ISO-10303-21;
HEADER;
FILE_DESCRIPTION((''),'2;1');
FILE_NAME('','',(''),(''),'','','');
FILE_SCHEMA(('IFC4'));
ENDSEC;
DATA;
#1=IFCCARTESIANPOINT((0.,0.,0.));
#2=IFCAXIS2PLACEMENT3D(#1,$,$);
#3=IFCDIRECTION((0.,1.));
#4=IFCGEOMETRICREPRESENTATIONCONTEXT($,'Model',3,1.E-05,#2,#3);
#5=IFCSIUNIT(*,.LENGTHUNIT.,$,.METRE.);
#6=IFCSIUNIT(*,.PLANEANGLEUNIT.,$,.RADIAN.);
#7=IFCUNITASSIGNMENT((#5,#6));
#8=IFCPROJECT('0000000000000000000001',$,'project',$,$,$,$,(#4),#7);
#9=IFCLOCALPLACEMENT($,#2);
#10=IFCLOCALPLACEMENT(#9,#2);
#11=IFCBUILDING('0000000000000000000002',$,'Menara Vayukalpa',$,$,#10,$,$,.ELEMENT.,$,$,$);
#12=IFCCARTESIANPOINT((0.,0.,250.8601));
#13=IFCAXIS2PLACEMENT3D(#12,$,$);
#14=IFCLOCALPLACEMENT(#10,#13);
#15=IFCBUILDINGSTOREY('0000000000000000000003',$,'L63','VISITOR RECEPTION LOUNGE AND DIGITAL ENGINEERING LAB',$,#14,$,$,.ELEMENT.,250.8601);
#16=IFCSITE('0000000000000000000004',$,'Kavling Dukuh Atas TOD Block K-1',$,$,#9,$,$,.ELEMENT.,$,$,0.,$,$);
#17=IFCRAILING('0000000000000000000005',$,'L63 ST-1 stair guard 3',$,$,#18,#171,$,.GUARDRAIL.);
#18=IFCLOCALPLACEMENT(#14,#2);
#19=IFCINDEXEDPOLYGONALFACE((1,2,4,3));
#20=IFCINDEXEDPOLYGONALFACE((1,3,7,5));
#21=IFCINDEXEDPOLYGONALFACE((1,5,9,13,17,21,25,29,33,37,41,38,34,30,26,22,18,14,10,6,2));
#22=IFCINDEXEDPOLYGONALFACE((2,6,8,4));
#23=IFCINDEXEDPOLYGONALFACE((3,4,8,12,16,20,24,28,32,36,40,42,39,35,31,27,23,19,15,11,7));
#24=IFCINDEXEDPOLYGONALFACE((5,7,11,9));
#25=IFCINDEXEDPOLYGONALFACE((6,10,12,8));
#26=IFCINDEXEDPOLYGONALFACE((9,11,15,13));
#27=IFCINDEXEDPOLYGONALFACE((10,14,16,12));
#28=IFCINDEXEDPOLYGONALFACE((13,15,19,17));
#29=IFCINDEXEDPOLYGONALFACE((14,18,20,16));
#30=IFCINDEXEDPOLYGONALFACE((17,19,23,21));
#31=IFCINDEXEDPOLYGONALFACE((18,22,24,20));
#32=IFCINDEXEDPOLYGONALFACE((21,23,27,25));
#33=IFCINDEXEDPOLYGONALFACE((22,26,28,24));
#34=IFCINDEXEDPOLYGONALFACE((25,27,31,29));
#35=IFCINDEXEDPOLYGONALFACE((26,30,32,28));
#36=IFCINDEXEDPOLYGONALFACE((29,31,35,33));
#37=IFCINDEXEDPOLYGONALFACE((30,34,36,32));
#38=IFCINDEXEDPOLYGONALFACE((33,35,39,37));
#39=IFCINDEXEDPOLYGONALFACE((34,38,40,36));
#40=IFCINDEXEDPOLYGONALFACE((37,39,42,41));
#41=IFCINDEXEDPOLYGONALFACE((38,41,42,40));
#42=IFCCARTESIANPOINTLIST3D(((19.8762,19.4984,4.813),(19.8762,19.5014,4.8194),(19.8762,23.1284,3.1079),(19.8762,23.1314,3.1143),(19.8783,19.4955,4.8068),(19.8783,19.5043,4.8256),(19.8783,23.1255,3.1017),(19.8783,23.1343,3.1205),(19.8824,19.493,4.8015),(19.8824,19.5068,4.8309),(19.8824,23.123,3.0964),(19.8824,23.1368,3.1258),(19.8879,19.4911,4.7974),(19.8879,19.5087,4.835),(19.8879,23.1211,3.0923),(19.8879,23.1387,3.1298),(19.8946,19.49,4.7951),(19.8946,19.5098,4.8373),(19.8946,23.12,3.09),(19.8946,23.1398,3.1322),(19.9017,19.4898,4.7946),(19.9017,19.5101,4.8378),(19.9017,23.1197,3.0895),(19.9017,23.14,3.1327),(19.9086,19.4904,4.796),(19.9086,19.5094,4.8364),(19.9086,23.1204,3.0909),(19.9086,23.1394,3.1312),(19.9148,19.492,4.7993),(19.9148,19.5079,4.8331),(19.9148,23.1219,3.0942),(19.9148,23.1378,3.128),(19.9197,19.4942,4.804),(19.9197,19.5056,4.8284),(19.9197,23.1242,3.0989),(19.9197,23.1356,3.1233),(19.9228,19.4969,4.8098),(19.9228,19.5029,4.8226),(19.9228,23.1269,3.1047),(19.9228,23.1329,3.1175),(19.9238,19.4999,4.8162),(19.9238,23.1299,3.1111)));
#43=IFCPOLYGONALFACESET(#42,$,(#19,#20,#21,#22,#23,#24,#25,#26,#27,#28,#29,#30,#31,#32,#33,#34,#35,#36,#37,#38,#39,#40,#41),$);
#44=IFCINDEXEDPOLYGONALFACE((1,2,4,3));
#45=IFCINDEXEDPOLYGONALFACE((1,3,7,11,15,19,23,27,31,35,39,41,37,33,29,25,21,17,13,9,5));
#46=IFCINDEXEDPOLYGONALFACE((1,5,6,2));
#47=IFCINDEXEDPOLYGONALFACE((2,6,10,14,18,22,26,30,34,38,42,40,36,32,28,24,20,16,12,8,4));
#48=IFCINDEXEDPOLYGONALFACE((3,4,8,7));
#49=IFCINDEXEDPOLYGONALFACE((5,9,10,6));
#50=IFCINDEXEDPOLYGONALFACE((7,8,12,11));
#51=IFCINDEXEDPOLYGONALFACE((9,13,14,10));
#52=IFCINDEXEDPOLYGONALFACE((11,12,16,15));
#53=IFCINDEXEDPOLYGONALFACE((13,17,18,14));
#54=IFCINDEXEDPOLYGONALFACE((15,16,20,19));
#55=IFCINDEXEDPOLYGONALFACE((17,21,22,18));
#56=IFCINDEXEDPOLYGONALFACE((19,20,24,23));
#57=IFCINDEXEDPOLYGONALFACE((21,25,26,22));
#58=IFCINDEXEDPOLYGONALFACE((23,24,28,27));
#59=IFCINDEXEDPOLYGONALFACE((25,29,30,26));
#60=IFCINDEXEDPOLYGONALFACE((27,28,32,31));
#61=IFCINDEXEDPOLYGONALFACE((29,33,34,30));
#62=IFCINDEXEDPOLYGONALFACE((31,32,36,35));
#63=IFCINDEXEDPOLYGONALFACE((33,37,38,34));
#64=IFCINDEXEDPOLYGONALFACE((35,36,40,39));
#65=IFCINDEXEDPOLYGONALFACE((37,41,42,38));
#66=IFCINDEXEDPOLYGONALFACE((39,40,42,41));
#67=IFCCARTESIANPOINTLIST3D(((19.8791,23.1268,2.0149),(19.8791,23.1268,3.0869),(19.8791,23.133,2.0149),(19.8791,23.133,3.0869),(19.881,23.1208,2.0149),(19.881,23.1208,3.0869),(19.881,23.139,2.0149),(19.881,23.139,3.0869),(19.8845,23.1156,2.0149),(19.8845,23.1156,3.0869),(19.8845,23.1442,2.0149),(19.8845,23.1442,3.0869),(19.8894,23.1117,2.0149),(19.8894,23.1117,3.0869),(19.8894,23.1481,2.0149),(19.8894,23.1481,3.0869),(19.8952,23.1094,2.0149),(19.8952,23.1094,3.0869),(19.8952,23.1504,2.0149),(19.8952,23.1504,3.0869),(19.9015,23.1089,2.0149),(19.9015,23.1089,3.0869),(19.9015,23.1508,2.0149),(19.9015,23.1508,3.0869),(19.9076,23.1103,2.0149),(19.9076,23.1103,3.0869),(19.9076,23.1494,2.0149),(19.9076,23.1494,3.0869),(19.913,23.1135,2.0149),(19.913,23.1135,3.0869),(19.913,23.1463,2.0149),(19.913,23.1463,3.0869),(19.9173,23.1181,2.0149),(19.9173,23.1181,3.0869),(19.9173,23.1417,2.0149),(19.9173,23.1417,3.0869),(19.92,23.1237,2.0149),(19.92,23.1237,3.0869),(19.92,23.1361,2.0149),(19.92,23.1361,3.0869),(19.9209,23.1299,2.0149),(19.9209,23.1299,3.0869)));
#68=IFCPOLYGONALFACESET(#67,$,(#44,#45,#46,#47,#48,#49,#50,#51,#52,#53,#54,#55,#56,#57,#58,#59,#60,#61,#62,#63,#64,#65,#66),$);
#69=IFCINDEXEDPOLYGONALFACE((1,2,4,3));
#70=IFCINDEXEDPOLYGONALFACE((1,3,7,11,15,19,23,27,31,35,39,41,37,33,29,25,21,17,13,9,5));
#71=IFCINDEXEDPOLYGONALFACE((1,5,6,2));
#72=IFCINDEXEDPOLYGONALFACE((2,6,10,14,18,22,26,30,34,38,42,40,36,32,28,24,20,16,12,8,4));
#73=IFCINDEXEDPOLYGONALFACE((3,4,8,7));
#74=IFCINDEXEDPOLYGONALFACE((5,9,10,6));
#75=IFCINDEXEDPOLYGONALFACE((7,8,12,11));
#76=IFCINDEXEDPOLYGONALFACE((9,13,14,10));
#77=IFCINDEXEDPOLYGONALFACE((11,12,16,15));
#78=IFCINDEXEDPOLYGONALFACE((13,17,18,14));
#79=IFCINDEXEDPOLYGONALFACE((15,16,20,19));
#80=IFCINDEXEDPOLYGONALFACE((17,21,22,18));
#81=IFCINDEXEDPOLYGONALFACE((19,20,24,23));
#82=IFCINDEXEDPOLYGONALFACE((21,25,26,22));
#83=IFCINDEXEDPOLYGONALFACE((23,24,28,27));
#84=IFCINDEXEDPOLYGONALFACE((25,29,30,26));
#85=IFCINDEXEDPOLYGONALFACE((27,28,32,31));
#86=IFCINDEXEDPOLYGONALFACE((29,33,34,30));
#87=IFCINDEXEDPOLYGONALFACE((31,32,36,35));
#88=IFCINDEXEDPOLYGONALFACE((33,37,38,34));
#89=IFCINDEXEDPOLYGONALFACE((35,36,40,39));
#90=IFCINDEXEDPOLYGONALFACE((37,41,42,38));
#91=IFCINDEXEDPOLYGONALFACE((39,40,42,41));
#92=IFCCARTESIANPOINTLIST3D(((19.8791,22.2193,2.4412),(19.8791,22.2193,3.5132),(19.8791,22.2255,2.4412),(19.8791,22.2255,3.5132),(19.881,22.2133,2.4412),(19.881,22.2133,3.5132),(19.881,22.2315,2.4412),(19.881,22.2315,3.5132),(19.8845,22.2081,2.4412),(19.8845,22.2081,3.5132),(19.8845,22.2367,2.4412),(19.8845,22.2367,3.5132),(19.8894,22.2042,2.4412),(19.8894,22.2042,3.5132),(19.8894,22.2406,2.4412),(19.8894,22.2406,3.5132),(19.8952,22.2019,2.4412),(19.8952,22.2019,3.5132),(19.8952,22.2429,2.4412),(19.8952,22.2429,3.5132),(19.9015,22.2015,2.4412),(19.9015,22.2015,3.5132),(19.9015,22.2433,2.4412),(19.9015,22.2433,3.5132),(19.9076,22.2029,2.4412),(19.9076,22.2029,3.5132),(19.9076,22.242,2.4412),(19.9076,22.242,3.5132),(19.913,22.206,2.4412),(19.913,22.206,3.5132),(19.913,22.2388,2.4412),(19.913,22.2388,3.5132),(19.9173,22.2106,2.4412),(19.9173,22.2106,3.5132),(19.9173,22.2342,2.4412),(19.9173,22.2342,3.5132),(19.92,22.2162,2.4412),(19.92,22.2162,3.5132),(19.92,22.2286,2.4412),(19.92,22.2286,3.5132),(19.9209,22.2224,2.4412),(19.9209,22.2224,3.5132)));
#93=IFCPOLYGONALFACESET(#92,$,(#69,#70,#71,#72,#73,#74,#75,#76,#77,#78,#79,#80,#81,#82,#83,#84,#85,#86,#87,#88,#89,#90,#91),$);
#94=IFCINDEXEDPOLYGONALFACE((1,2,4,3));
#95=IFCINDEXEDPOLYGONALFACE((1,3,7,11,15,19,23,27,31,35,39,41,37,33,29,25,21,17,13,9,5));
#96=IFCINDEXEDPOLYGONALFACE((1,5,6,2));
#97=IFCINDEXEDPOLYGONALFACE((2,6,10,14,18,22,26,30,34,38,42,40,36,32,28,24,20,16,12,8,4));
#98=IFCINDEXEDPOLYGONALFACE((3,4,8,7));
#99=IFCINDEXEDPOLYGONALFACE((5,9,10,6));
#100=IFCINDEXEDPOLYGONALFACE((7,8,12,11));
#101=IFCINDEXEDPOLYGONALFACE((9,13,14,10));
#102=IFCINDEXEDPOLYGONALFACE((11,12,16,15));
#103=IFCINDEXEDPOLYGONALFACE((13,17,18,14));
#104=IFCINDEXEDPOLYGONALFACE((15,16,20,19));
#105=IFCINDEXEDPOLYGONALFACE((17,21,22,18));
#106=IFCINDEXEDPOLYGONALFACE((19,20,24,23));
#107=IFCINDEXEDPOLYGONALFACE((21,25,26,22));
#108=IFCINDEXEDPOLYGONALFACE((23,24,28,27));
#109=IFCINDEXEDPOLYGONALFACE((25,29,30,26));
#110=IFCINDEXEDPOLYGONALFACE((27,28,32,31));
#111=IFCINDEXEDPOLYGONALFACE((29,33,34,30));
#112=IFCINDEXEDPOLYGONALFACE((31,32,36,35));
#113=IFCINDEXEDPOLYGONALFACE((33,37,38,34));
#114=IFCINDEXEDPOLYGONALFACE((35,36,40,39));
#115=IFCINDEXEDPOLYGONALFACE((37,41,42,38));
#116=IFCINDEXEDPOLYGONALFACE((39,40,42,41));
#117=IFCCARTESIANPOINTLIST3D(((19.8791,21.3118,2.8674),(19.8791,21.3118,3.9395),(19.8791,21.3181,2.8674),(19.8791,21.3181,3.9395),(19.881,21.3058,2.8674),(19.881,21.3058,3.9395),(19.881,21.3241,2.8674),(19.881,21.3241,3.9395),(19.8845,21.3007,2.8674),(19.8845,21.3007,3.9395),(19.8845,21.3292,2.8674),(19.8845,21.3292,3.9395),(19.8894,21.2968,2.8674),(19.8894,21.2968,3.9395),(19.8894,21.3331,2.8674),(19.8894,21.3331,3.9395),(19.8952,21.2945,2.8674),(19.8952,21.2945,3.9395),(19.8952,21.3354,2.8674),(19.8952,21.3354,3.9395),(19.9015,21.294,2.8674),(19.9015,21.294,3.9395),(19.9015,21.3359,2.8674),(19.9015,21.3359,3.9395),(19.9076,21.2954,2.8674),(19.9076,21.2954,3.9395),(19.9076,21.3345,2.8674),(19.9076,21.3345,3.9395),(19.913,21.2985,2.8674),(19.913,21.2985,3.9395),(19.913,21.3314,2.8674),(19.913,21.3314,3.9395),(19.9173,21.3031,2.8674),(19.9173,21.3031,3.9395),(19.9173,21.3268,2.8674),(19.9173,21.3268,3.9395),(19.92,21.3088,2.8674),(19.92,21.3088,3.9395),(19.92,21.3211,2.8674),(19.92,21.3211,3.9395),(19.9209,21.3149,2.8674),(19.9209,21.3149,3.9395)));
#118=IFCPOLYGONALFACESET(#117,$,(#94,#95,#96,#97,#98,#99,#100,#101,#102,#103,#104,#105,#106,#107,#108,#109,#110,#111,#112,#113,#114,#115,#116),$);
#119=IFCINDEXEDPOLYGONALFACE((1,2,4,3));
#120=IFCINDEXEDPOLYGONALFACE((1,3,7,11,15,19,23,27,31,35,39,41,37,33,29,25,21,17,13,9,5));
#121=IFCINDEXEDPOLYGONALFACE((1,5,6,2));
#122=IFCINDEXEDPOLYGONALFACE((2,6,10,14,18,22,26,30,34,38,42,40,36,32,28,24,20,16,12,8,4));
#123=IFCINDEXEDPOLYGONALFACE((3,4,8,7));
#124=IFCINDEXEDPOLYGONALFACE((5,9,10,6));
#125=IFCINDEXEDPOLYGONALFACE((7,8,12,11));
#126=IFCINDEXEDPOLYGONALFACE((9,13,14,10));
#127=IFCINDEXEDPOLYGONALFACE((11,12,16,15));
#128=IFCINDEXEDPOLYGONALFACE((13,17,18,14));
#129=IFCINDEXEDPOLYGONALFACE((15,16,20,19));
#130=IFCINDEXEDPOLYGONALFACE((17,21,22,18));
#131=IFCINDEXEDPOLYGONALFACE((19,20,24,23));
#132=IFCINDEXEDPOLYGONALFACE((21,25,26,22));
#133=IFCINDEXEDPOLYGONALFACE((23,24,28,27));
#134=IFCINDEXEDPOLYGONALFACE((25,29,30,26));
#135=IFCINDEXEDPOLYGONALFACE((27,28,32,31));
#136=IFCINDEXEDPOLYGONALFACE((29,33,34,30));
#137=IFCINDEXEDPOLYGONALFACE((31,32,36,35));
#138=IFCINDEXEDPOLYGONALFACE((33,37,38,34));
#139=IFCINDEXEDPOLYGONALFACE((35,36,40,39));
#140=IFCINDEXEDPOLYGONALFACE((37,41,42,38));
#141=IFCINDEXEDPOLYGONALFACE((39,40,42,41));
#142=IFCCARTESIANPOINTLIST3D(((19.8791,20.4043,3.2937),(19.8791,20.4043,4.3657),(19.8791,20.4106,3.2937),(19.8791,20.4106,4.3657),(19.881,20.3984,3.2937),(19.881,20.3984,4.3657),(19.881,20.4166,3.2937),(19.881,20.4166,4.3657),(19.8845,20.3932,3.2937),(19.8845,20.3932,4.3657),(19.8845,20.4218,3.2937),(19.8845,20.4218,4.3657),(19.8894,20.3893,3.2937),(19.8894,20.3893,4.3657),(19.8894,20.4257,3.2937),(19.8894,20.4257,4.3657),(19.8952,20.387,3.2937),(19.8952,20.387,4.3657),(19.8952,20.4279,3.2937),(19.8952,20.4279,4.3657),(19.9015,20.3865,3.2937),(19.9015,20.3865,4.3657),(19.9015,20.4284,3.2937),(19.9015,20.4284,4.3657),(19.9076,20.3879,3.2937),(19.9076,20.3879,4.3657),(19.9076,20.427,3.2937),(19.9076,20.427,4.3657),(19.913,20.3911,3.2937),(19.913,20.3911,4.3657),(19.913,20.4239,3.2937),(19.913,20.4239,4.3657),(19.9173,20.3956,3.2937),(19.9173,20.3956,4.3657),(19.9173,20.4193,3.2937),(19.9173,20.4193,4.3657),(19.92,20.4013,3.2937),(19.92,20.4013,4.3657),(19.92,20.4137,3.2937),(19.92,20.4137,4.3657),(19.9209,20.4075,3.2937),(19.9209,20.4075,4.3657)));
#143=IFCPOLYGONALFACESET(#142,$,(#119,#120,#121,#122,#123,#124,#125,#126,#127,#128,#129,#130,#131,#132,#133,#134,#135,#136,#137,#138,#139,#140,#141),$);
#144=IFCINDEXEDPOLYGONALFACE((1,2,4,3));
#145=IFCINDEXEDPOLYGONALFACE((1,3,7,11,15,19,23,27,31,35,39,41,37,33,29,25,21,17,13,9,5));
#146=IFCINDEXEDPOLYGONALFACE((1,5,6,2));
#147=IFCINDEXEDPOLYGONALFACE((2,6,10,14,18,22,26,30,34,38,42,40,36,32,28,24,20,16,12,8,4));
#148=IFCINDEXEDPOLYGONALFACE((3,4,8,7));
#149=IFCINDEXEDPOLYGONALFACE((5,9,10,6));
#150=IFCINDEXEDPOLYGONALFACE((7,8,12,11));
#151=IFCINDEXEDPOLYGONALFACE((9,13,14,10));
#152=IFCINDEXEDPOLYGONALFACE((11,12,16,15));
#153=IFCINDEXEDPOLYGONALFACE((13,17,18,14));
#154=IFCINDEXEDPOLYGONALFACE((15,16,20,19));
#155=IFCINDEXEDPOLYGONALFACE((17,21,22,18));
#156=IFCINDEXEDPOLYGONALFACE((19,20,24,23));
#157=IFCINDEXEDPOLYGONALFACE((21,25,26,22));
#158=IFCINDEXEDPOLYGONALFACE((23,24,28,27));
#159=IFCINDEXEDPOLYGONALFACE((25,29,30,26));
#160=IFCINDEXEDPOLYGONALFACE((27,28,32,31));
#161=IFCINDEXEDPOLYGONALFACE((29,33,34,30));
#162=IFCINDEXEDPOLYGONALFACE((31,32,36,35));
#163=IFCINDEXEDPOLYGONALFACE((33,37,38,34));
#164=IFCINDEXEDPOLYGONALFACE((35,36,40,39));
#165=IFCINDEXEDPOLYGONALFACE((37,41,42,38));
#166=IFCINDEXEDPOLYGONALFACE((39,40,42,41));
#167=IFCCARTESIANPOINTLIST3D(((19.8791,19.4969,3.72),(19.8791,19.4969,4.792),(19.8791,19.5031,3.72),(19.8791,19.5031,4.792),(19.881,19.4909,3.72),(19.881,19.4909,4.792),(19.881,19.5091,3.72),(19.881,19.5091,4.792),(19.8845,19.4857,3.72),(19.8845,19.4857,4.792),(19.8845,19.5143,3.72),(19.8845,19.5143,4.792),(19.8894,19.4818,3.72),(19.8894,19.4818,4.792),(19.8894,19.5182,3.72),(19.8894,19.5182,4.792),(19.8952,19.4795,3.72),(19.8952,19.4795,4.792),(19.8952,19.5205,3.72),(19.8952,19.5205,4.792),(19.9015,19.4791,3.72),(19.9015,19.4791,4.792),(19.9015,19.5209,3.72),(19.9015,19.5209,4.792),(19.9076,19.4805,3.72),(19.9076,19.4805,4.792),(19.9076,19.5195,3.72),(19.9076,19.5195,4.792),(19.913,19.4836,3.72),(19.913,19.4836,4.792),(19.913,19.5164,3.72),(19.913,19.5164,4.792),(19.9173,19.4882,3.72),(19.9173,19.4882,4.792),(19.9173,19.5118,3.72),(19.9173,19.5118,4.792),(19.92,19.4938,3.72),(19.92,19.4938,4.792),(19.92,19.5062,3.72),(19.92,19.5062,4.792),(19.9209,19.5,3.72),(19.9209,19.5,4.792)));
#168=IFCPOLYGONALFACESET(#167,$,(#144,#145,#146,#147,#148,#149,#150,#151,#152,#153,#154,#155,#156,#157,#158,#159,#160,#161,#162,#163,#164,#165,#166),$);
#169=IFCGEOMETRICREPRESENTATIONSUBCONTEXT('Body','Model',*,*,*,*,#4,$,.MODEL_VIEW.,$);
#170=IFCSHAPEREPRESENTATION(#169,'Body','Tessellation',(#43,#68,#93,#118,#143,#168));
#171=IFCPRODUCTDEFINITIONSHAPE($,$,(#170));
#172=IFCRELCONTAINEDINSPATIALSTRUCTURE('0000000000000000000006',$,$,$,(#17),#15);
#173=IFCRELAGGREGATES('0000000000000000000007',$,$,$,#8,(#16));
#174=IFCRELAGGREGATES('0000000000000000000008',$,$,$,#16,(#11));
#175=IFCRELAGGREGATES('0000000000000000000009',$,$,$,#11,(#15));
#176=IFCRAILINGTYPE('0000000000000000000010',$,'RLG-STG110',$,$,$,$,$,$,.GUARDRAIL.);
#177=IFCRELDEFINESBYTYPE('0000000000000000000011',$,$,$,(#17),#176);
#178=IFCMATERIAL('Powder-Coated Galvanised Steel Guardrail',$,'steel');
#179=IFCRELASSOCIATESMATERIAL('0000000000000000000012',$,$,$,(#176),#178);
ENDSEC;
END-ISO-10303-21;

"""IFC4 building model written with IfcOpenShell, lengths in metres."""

from ifc_helpers import new_model, si_unit, direction, frame, origin, origin_2d, place, context, subcontext, project, spatial, circle, extrude, material, type_object, element, save


model = new_model("IFC4")

# Units and contexts
model_context = context("Model", 3, precision=1e-05, world=origin(), true_north=direction((0.0, 1.0)))
body_context = subcontext(model_context, "Body", "Model", "MODEL_VIEW")
ifc_project = project(units=[si_unit("LENGTHUNIT", "METRE"), si_unit("PLANEANGLEUNIT", "RADIAN")], contexts=[model_context])

# Site, building, storey
site_placement = place(None, origin())
site = spatial("IfcSite", under=ifc_project, at=site_placement, Name="Kavling Dukuh Atas TOD Block K-1", CompositionType="ELEMENT", RefElevation=0.0)
building_placement = place(site_placement, origin())
building = spatial("IfcBuilding", under=site, at=building_placement, Name="Menara Vayukalpa", CompositionType="ELEMENT")
storey_placement = place(building_placement, frame((0.0, 0.0, 250.8601)))
storey = spatial("IfcBuildingStorey", under=building, at=storey_placement, Name="L63", Description="VISITOR RECEPTION LOUNGE AND DIGITAL ENGINEERING LAB", CompositionType="ELEMENT", Elevation=250.8601)

# Railing
ifc_material_1 = material(Name="Powder-Coated Galvanised Steel Guardrail", Category="steel")
railing_type_1 = type_object("IfcRailingType", Name="RLG-STG110", PredefinedType="GUARDRAIL", material=ifc_material_1)
railing_1_placement = place(storey_placement, frame((19.8999, 23.1299, 2.0149)))
element("IfcRailing", 1, at=railing_1_placement, inside=storey, type_object=railing_type_1, Name="L63 ST-1 stair guard 3", PredefinedType="GUARDRAIL", context=body_context, shape_type="SweptSolid", body=[
    extrude(circle(Radius=0.0239, at=origin_2d()), frame((0.0, 0.0, 1.0962), z_axis=(0.0, -0.905116, 0.425164), x_axis=(1.0, 0.0, 0.0)), (0.0, 0.0, 1.0), 4.0105),
    extrude(circle(Radius=0.021, at=origin_2d()), origin(), (0.0, 0.0, 1.0), 1.072),
    extrude(circle(Radius=0.021, at=origin_2d()), frame((0.0, -0.9075, 0.4263)), (0.0, 0.0, 1.0), 1.072),
    extrude(circle(Radius=0.021, at=origin_2d()), frame((0.0, -1.8149, 0.8525)), (0.0, 0.0, 1.0), 1.072),
    extrude(circle(Radius=0.021, at=origin_2d()), frame((0.0, -2.7224, 1.2788)), (0.0, 0.0, 1.0), 1.072),
    extrude(circle(Radius=0.021, at=origin_2d()), frame((0.0, -3.6299, 1.7051)), (0.0, 0.0, 1.0), 1.072),
])

save(model, "model.ifc")
